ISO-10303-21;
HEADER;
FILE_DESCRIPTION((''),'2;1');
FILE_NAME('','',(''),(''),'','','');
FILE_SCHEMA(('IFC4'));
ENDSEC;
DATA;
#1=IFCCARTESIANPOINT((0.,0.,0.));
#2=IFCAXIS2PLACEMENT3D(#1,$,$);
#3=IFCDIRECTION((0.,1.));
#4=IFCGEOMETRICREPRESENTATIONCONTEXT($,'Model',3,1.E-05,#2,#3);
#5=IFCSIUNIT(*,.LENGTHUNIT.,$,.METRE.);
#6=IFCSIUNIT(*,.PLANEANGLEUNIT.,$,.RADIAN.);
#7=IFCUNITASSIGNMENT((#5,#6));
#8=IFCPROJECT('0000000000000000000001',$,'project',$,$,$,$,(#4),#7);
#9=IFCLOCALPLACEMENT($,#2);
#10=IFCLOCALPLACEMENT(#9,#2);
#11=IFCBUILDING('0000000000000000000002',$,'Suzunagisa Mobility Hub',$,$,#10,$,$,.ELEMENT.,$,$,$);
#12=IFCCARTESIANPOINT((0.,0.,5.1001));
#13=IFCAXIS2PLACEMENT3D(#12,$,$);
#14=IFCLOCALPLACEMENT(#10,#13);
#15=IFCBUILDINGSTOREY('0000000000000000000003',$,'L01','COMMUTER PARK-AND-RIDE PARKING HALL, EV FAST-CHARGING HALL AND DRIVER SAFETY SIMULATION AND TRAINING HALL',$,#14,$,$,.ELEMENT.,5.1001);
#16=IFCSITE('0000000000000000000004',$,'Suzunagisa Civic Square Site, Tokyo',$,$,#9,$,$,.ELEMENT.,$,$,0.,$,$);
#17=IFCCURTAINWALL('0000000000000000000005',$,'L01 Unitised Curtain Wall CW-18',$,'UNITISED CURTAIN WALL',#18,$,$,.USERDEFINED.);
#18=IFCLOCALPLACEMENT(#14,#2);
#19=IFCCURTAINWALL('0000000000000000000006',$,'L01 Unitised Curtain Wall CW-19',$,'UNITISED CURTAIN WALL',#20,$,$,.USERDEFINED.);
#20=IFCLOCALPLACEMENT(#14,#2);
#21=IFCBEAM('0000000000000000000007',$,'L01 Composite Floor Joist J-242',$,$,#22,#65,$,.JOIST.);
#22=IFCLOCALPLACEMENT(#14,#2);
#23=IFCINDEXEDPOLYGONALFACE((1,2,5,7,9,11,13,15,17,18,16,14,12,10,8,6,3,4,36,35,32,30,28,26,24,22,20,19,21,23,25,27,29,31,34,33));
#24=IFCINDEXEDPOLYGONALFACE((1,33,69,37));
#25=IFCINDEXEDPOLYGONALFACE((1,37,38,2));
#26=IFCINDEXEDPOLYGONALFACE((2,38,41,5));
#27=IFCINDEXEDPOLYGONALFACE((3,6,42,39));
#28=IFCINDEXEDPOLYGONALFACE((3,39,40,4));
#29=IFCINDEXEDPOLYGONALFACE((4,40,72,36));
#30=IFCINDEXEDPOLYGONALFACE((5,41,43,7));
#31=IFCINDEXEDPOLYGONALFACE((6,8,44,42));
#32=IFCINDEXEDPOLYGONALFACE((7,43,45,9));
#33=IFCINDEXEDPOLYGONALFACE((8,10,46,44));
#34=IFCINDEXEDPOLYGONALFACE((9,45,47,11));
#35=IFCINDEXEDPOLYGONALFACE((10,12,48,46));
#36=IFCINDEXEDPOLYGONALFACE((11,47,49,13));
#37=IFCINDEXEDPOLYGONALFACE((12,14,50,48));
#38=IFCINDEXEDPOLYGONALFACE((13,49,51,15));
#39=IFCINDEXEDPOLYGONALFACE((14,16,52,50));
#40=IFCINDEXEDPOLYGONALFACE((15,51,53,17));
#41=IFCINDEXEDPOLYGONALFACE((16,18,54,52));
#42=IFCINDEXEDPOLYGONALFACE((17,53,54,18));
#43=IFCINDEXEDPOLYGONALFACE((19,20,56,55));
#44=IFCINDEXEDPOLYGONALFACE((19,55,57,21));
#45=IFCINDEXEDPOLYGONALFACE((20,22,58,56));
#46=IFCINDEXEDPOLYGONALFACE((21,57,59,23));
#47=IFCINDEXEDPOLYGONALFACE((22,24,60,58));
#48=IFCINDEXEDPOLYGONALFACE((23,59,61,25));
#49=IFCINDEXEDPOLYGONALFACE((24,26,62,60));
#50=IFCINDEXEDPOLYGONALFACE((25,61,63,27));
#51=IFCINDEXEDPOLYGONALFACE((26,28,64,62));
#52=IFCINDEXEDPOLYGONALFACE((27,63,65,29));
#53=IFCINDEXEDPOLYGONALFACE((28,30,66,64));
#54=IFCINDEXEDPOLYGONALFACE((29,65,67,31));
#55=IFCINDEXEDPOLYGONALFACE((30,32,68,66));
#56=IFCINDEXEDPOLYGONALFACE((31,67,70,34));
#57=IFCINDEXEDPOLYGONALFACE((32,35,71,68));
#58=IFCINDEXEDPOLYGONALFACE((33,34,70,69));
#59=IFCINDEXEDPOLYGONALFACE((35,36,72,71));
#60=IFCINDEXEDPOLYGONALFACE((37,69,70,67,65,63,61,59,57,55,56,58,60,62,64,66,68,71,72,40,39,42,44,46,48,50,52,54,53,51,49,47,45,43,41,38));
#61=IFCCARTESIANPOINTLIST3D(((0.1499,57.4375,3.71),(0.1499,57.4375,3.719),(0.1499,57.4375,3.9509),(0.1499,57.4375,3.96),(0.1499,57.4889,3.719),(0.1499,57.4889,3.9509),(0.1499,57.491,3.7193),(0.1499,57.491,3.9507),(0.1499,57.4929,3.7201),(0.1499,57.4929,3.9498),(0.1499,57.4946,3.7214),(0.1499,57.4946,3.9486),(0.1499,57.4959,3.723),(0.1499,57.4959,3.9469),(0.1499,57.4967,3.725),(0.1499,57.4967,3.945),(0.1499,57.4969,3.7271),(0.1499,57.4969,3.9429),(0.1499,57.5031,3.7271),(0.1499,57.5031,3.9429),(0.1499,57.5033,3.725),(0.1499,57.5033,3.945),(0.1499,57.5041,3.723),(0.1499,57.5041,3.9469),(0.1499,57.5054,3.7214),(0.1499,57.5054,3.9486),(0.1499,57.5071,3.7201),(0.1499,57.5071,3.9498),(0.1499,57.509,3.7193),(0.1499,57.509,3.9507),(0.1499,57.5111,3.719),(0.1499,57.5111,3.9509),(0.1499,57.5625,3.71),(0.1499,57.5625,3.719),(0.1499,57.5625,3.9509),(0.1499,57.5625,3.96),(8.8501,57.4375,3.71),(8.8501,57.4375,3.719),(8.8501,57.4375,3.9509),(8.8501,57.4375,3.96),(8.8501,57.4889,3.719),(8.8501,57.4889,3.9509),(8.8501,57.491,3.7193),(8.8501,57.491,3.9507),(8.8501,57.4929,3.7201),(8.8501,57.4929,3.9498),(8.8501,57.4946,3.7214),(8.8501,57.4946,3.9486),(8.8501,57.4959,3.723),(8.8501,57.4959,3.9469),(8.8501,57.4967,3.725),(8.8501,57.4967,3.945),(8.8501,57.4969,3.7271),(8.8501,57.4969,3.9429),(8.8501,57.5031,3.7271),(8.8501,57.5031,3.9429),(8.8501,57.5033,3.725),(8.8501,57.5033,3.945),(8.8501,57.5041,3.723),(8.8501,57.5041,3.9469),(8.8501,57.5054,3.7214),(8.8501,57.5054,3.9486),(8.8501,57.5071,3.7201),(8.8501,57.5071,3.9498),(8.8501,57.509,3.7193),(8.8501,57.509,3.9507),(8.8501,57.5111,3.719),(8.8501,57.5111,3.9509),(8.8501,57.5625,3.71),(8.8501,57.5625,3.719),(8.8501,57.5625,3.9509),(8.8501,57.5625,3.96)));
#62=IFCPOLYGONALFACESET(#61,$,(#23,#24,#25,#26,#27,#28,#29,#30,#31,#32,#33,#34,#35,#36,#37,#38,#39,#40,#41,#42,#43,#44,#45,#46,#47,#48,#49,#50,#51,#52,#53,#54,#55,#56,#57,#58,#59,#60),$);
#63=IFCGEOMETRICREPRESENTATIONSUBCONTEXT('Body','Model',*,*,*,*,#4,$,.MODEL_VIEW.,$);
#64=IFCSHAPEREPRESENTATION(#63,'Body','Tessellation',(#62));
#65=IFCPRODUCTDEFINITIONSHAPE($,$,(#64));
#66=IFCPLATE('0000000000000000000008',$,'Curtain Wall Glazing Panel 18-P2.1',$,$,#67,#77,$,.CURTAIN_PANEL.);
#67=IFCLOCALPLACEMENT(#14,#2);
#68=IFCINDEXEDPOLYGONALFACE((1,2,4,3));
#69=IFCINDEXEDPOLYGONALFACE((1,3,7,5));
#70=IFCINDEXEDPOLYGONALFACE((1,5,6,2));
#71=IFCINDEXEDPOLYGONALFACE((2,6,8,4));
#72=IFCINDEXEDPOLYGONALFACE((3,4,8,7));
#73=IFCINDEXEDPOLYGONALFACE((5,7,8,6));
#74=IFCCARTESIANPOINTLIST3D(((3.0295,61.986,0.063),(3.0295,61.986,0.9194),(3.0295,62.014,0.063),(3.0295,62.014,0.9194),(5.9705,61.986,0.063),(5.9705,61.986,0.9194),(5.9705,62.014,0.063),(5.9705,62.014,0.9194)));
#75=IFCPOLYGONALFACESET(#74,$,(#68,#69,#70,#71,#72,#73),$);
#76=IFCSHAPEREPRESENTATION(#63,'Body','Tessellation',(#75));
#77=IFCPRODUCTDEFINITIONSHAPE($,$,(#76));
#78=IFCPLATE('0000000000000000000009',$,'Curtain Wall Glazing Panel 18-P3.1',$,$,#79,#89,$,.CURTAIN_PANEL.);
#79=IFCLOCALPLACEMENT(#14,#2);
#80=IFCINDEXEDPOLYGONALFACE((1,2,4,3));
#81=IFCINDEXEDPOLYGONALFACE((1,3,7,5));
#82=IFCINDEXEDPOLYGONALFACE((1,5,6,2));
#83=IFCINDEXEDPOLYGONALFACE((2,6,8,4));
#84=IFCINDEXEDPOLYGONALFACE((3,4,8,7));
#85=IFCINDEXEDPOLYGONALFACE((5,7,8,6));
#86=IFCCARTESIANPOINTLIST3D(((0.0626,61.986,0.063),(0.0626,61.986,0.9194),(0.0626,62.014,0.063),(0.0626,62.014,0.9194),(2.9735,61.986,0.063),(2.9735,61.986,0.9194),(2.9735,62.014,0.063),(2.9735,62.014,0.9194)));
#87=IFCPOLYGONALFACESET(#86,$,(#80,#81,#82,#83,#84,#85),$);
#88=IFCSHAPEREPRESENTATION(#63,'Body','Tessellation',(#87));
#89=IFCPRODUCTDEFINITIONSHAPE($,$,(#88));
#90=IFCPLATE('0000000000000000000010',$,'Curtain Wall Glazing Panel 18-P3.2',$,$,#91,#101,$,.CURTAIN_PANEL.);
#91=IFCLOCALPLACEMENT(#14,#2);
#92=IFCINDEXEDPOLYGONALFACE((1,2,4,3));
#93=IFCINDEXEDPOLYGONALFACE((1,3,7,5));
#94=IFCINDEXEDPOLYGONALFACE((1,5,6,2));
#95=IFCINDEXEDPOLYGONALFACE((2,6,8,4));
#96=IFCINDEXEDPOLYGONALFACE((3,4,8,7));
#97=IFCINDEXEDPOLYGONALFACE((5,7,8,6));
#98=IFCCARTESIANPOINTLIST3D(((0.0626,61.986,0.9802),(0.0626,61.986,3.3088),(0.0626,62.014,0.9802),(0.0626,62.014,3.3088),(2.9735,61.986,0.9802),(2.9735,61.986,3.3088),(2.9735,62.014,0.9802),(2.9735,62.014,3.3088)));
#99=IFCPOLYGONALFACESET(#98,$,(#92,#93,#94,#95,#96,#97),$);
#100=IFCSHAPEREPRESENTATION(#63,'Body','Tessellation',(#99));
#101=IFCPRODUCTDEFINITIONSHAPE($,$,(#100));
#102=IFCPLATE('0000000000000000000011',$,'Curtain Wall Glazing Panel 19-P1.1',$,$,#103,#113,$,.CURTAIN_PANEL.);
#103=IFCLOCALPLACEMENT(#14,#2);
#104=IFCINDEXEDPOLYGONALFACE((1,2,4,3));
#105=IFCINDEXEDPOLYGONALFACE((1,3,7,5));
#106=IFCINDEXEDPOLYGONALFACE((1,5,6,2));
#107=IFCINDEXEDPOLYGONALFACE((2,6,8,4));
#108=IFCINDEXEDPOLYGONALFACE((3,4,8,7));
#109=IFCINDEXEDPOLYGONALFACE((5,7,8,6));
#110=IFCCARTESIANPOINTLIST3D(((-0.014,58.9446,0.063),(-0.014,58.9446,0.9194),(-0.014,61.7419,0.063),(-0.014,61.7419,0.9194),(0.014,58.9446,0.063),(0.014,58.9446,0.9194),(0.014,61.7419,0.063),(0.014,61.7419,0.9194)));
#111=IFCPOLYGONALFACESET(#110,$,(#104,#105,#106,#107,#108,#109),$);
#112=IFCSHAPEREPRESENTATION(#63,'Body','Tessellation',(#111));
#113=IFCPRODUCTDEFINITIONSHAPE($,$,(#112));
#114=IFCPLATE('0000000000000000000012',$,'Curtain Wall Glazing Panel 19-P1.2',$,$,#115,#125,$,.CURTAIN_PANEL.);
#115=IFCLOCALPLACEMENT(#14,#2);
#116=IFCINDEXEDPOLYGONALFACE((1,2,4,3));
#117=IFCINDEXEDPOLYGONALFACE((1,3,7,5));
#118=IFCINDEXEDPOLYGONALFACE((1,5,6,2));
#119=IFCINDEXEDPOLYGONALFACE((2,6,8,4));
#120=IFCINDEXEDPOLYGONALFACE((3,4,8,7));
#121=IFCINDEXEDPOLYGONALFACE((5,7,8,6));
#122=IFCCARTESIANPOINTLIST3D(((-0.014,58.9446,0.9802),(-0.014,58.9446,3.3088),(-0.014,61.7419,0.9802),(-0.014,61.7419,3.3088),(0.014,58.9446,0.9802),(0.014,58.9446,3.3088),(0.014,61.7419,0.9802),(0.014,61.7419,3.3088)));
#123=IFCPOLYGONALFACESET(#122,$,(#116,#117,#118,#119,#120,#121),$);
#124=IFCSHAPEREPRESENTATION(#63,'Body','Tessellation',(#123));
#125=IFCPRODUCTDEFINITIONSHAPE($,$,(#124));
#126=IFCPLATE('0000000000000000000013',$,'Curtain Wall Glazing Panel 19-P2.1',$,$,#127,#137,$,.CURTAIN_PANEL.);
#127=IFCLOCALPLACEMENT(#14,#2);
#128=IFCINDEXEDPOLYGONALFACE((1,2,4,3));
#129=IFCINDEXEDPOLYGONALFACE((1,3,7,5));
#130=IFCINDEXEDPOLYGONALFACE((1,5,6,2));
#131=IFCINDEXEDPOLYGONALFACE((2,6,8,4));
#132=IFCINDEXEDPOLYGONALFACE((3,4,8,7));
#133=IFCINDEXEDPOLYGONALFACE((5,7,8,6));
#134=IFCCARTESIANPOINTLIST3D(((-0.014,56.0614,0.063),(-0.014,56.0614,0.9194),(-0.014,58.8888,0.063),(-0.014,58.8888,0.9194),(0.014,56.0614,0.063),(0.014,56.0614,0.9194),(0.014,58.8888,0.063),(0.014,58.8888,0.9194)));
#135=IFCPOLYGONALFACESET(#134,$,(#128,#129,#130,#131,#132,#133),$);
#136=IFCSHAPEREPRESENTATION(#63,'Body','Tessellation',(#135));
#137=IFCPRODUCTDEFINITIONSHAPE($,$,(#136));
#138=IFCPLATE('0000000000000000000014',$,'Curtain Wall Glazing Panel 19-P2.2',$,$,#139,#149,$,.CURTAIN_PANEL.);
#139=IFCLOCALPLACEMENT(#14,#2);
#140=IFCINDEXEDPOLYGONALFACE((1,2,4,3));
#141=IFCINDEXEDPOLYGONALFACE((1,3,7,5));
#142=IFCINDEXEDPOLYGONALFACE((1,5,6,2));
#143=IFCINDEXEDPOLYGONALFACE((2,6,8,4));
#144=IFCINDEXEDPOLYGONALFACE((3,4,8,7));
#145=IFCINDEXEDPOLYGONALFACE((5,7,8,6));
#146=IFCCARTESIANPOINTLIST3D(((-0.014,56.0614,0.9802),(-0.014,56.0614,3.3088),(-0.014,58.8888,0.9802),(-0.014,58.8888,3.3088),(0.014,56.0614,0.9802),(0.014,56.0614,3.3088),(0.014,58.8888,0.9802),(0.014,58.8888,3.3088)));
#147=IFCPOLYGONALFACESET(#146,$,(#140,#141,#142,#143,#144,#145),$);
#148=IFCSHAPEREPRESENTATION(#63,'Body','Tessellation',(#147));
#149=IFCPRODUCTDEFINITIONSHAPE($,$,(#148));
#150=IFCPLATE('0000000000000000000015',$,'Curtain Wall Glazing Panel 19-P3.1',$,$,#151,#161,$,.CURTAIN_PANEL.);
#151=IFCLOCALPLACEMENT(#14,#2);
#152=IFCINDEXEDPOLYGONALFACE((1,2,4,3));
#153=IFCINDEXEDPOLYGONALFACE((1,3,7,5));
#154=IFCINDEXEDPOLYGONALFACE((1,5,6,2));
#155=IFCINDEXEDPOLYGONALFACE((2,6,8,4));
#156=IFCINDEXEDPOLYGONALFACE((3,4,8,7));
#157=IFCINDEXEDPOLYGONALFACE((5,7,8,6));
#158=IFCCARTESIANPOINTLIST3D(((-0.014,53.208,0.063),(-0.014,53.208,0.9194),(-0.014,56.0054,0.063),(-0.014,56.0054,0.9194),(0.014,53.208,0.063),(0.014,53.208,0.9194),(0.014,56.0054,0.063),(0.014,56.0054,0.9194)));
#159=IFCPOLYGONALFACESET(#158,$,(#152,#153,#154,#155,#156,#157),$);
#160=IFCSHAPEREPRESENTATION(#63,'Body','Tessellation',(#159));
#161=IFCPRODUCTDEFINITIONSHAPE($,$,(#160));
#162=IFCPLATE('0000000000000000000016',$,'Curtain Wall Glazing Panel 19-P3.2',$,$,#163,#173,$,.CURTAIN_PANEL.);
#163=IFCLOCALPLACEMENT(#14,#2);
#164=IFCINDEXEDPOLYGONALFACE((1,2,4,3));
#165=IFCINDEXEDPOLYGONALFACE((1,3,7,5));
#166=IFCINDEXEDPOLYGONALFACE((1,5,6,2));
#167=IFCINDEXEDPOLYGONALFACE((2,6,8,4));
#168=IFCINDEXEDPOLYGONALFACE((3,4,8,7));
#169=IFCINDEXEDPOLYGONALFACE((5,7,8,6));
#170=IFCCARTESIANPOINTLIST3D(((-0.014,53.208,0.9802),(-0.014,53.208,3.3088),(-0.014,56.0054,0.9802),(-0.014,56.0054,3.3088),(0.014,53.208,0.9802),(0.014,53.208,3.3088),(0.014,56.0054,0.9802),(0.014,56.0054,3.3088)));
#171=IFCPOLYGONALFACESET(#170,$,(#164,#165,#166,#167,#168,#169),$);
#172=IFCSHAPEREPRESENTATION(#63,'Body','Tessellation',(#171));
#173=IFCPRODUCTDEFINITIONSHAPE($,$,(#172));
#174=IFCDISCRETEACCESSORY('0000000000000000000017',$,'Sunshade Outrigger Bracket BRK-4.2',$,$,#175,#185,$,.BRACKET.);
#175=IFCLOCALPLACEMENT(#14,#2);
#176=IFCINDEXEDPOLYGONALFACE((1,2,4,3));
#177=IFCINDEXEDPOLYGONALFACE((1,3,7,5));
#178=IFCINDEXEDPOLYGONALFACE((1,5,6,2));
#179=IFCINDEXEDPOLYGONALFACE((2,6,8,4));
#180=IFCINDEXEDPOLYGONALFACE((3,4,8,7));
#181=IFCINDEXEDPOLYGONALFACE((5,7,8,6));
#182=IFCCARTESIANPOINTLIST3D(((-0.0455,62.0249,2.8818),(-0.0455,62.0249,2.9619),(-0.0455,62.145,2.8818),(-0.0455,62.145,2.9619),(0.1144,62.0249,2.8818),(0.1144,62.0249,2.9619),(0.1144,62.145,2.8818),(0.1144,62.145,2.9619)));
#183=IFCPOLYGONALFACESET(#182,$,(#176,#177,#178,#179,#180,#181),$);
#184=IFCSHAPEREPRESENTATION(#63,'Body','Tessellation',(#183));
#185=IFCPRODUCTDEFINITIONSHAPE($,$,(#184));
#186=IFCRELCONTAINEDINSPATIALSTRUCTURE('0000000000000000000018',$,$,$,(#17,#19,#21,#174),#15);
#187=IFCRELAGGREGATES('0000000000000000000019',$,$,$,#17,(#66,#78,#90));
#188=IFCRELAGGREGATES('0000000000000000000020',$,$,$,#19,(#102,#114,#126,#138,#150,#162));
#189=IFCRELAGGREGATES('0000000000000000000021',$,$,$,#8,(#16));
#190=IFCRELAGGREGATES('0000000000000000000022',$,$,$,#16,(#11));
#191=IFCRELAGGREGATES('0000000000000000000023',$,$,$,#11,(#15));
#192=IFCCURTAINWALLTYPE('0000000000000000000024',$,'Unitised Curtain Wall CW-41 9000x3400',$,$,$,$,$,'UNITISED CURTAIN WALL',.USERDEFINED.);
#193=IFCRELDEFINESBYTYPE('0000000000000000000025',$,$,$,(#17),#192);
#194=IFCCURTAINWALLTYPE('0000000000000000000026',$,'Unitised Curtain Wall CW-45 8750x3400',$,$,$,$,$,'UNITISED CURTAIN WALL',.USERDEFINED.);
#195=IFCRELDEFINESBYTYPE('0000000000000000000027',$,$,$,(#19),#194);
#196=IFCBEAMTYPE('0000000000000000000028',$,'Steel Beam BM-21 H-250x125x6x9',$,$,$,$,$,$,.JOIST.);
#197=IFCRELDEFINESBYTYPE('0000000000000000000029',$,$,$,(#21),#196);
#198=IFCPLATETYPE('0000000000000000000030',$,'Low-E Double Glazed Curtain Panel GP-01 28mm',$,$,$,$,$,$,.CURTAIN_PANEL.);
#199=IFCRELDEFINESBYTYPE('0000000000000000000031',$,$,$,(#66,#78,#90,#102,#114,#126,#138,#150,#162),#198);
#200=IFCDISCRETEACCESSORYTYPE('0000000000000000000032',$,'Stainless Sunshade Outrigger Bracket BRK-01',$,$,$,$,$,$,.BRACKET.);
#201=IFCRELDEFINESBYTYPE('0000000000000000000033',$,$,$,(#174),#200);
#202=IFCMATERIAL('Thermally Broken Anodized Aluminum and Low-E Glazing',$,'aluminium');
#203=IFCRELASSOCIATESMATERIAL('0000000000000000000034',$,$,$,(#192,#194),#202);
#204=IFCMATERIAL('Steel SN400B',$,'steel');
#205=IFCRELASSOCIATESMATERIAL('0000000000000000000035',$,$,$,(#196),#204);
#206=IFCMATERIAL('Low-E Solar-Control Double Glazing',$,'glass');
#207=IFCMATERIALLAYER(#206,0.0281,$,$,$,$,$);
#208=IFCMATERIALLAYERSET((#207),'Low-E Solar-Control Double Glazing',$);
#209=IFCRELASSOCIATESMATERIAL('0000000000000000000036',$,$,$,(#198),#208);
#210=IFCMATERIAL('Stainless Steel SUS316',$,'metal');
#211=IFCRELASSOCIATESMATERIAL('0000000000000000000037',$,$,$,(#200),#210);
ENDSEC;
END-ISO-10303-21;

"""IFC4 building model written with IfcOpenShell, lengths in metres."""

from ifc_helpers import new_model, si_unit, direction, frame, origin, origin_2d, place, context, subcontext, project, spatial, rectangle, i_section, extrude, material, layer, layer_set, material_profile, profile_set, type_object, element, aggregate, save


model = new_model("IFC4")

# Units and contexts
model_context = context("Model", 3, precision=1e-05, world=origin(), true_north=direction((0.0, 1.0)))
body_context = subcontext(model_context, "Body", "Model", "MODEL_VIEW")
ifc_project = project(units=[si_unit("LENGTHUNIT", "METRE"), si_unit("PLANEANGLEUNIT", "RADIAN")], contexts=[model_context])

# Site, building, storey
site_placement = place(None, origin())
site = spatial("IfcSite", under=ifc_project, at=site_placement, Name="Suzunagisa Civic Square Site, Tokyo", CompositionType="ELEMENT", RefElevation=0.0)
building_placement = place(site_placement, origin())
building = spatial("IfcBuilding", under=site, at=building_placement, Name="Suzunagisa Mobility Hub", CompositionType="ELEMENT")
storey_placement = place(building_placement, frame((0.0, 0.0, 5.1001)))
storey = spatial("IfcBuildingStorey", under=building, at=storey_placement, Name="L01", Description="COMMUTER PARK-AND-RIDE PARKING HALL, EV FAST-CHARGING HALL AND DRIVER SAFETY SIMULATION AND TRAINING HALL", CompositionType="ELEMENT", Elevation=5.1001)

# Curtain walls
ifc_material_1 = material(Name="Thermally Broken Anodized Aluminum and Low-E Glazing", Category="aluminium")
curtain_wall_type_1 = type_object("IfcCurtainWallType", Name="Unitised Curtain Wall CW-41 9000x3400", ElementType="UNITISED CURTAIN WALL", PredefinedType="USERDEFINED", material=ifc_material_1)
curtain_wall_1_placement = place(storey_placement, origin())
curtain_wall_1 = element("IfcCurtainWall", 1, at=curtain_wall_1_placement, inside=storey, type_object=curtain_wall_type_1, Name="L01 Unitised Curtain Wall CW-18", ObjectType="UNITISED CURTAIN WALL", PredefinedType="USERDEFINED")
curtain_wall_type_2 = type_object("IfcCurtainWallType", Name="Unitised Curtain Wall CW-45 8750x3400", ElementType="UNITISED CURTAIN WALL", PredefinedType="USERDEFINED", material=ifc_material_1)
curtain_wall_2_placement = place(storey_placement, origin())
curtain_wall_2 = element("IfcCurtainWall", 2, at=curtain_wall_2_placement, inside=storey, type_object=curtain_wall_type_2, Name="L01 Unitised Curtain Wall CW-19", ObjectType="UNITISED CURTAIN WALL", PredefinedType="USERDEFINED")

# Beam
ifc_material_2 = material(Name="Steel SN400B", Category="steel")
ifc_material_profile_1 = material_profile(ifc_material_2, i_section(OverallWidth=0.125, OverallDepth=0.25, WebThickness=0.0061, FlangeThickness=0.009, FilletRadius=0.0081, at=origin_2d()), Name="H-250x125x6x9")
ifc_profile_set_1 = profile_set([ifc_material_profile_1], Name="Steel SN400B")
beam_type_1 = type_object("IfcBeamType", Name="Steel Beam BM-21 H-250x125x6x9", PredefinedType="JOIST", material=ifc_profile_set_1)
beam_1_placement = place(storey_placement, frame((0.1499, 57.5, 3.835), z_axis=(1.0, 0.0, 0.0), x_axis=(0.0, 1.0, 0.0)))
element("IfcBeam", 3, at=beam_1_placement, inside=storey, type_object=beam_type_1, Name="L01 Composite Floor Joist J-242", PredefinedType="JOIST", context=body_context, shape_type="SweptSolid", body=[
    extrude(i_section(OverallWidth=0.125, OverallDepth=0.25, WebThickness=0.0061, FlangeThickness=0.009, FilletRadius=0.0081, at=origin_2d()), origin(), (0.0, 0.0, 1.0), 8.7002),
])

# Plates
ifc_material_3 = material(Name="Low-E Solar-Control Double Glazing", Category="glass")
ifc_layer = layer(ifc_material_3, 0.0281)
ifc_layer_set = layer_set([ifc_layer], Name="Low-E Solar-Control Double Glazing")
plate_type = type_object("IfcPlateType", Name="Low-E Double Glazed Curtain Panel GP-01 28mm", PredefinedType="CURTAIN_PANEL", material=ifc_layer_set)
plate_1_placement = place(storey_placement, frame((4.5, 62.0, 0.063), z_axis=(0.0, 0.0, 1.0), x_axis=(-1.0, 0.0, 0.0)))
plate_1 = element("IfcPlate", 4, at=plate_1_placement, type_object=plate_type, Name="Curtain Wall Glazing Panel 18-P2.1", PredefinedType="CURTAIN_PANEL", context=body_context, shape_type="SweptSolid", body=[
    extrude(rectangle(XDim=2.9409, YDim=0.0281, at=origin_2d()), origin(), (0.0, 0.0, 1.0), 0.8564),
])
plate_2_placement = place(storey_placement, frame((1.5181, 62.0, 0.063), z_axis=(0.0, 0.0, 1.0), x_axis=(-1.0, 0.0, 0.0)))
plate_2 = element("IfcPlate", 5, at=plate_2_placement, type_object=plate_type, Name="Curtain Wall Glazing Panel 18-P3.1", PredefinedType="CURTAIN_PANEL", context=body_context, shape_type="SweptSolid", body=[
    extrude(rectangle(XDim=2.9109, YDim=0.0281, at=origin_2d()), origin(), (0.0, 0.0, 1.0), 0.8564),
])
plate_3_placement = place(storey_placement, frame((1.5181, 62.0, 0.9802), z_axis=(0.0, 0.0, 1.0), x_axis=(-1.0, 0.0, 0.0)))
plate_3 = element("IfcPlate", 6, at=plate_3_placement, type_object=plate_type, Name="Curtain Wall Glazing Panel 18-P3.2", PredefinedType="CURTAIN_PANEL", context=body_context, shape_type="SweptSolid", body=[
    extrude(rectangle(XDim=2.9109, YDim=0.0281, at=origin_2d()), origin(), (0.0, 0.0, 1.0), 2.3286),
])
aggregate(curtain_wall_1, [plate_1, plate_2, plate_3])
plate_4_placement = place(storey_placement, frame((0.0, 60.3433, 0.063), z_axis=(0.0, 0.0, 1.0), x_axis=(0.0, -1.0, 0.0)))
plate_4 = element("IfcPlate", 7, at=plate_4_placement, type_object=plate_type, Name="Curtain Wall Glazing Panel 19-P1.1", PredefinedType="CURTAIN_PANEL", context=body_context, shape_type="SweptSolid", body=[
    extrude(rectangle(XDim=2.7974, YDim=0.0281, at=origin_2d()), origin(), (0.0, 0.0, 1.0), 0.8564),
])
plate_5_placement = place(storey_placement, frame((0.0, 60.3433, 0.9802), z_axis=(0.0, 0.0, 1.0), x_axis=(0.0, -1.0, 0.0)))
plate_5 = element("IfcPlate", 8, at=plate_5_placement, type_object=plate_type, Name="Curtain Wall Glazing Panel 19-P1.2", PredefinedType="CURTAIN_PANEL", context=body_context, shape_type="SweptSolid", body=[
    extrude(rectangle(XDim=2.7974, YDim=0.0281, at=origin_2d()), origin(), (0.0, 0.0, 1.0), 2.3286),
])
plate_6_placement = place(storey_placement, frame((0.0, 57.4751, 0.063), z_axis=(0.0, 0.0, 1.0), x_axis=(0.0, -1.0, 0.0)))
plate_6 = element("IfcPlate", 9, at=plate_6_placement, type_object=plate_type, Name="Curtain Wall Glazing Panel 19-P2.1", PredefinedType="CURTAIN_PANEL", context=body_context, shape_type="SweptSolid", body=[
    extrude(rectangle(XDim=2.8274, YDim=0.0281, at=origin_2d()), origin(), (0.0, 0.0, 1.0), 0.8564),
])
plate_7_placement = place(storey_placement, frame((0.0, 57.4751, 0.9802), z_axis=(0.0, 0.0, 1.0), x_axis=(0.0, -1.0, 0.0)))
plate_7 = element("IfcPlate", 10, at=plate_7_placement, type_object=plate_type, Name="Curtain Wall Glazing Panel 19-P2.2", PredefinedType="CURTAIN_PANEL", context=body_context, shape_type="SweptSolid", body=[
    extrude(rectangle(XDim=2.8274, YDim=0.0281, at=origin_2d()), origin(), (0.0, 0.0, 1.0), 2.3286),
])
plate_8_placement = place(storey_placement, frame((0.0, 54.6067, 0.063), z_axis=(0.0, 0.0, 1.0), x_axis=(0.0, -1.0, 0.0)))
plate_8 = element("IfcPlate", 11, at=plate_8_placement, type_object=plate_type, Name="Curtain Wall Glazing Panel 19-P3.1", PredefinedType="CURTAIN_PANEL", context=body_context, shape_type="SweptSolid", body=[
    extrude(rectangle(XDim=2.7974, YDim=0.0281, at=origin_2d()), origin(), (0.0, 0.0, 1.0), 0.8564),
])
plate_9_placement = place(storey_placement, frame((0.0, 54.6067, 0.9802), z_axis=(0.0, 0.0, 1.0), x_axis=(0.0, -1.0, 0.0)))
plate_9 = element("IfcPlate", 12, at=plate_9_placement, type_object=plate_type, Name="Curtain Wall Glazing Panel 19-P3.2", PredefinedType="CURTAIN_PANEL", context=body_context, shape_type="SweptSolid", body=[
    extrude(rectangle(XDim=2.7974, YDim=0.0281, at=origin_2d()), origin(), (0.0, 0.0, 1.0), 2.3286),
])
aggregate(curtain_wall_2, [plate_4, plate_5, plate_6, plate_7, plate_8, plate_9])

# Discrete accessory
ifc_material_4 = material(Name="Stainless Steel SUS316", Category="metal")
discrete_accessory_type = type_object("IfcDiscreteAccessoryType", Name="Stainless Sunshade Outrigger Bracket BRK-01", PredefinedType="BRACKET", material=ifc_material_4)
discrete_accessory_placement = place(storey_placement, frame((0.0344, 62.085, 2.8818), z_axis=(0.0, 0.0, 1.0), x_axis=(-1.0, 0.0, 0.0)))
element("IfcDiscreteAccessory", 13, at=discrete_accessory_placement, inside=storey, type_object=discrete_accessory_type, Name="Sunshade Outrigger Bracket BRK-4.2", PredefinedType="BRACKET", context=body_context, shape_type="SweptSolid", body=[
    extrude(rectangle(XDim=0.1599, YDim=0.1201, at=origin_2d()), origin(), (0.0, 0.0, 1.0), 0.0801),
])

save(model, "model.ifc")
